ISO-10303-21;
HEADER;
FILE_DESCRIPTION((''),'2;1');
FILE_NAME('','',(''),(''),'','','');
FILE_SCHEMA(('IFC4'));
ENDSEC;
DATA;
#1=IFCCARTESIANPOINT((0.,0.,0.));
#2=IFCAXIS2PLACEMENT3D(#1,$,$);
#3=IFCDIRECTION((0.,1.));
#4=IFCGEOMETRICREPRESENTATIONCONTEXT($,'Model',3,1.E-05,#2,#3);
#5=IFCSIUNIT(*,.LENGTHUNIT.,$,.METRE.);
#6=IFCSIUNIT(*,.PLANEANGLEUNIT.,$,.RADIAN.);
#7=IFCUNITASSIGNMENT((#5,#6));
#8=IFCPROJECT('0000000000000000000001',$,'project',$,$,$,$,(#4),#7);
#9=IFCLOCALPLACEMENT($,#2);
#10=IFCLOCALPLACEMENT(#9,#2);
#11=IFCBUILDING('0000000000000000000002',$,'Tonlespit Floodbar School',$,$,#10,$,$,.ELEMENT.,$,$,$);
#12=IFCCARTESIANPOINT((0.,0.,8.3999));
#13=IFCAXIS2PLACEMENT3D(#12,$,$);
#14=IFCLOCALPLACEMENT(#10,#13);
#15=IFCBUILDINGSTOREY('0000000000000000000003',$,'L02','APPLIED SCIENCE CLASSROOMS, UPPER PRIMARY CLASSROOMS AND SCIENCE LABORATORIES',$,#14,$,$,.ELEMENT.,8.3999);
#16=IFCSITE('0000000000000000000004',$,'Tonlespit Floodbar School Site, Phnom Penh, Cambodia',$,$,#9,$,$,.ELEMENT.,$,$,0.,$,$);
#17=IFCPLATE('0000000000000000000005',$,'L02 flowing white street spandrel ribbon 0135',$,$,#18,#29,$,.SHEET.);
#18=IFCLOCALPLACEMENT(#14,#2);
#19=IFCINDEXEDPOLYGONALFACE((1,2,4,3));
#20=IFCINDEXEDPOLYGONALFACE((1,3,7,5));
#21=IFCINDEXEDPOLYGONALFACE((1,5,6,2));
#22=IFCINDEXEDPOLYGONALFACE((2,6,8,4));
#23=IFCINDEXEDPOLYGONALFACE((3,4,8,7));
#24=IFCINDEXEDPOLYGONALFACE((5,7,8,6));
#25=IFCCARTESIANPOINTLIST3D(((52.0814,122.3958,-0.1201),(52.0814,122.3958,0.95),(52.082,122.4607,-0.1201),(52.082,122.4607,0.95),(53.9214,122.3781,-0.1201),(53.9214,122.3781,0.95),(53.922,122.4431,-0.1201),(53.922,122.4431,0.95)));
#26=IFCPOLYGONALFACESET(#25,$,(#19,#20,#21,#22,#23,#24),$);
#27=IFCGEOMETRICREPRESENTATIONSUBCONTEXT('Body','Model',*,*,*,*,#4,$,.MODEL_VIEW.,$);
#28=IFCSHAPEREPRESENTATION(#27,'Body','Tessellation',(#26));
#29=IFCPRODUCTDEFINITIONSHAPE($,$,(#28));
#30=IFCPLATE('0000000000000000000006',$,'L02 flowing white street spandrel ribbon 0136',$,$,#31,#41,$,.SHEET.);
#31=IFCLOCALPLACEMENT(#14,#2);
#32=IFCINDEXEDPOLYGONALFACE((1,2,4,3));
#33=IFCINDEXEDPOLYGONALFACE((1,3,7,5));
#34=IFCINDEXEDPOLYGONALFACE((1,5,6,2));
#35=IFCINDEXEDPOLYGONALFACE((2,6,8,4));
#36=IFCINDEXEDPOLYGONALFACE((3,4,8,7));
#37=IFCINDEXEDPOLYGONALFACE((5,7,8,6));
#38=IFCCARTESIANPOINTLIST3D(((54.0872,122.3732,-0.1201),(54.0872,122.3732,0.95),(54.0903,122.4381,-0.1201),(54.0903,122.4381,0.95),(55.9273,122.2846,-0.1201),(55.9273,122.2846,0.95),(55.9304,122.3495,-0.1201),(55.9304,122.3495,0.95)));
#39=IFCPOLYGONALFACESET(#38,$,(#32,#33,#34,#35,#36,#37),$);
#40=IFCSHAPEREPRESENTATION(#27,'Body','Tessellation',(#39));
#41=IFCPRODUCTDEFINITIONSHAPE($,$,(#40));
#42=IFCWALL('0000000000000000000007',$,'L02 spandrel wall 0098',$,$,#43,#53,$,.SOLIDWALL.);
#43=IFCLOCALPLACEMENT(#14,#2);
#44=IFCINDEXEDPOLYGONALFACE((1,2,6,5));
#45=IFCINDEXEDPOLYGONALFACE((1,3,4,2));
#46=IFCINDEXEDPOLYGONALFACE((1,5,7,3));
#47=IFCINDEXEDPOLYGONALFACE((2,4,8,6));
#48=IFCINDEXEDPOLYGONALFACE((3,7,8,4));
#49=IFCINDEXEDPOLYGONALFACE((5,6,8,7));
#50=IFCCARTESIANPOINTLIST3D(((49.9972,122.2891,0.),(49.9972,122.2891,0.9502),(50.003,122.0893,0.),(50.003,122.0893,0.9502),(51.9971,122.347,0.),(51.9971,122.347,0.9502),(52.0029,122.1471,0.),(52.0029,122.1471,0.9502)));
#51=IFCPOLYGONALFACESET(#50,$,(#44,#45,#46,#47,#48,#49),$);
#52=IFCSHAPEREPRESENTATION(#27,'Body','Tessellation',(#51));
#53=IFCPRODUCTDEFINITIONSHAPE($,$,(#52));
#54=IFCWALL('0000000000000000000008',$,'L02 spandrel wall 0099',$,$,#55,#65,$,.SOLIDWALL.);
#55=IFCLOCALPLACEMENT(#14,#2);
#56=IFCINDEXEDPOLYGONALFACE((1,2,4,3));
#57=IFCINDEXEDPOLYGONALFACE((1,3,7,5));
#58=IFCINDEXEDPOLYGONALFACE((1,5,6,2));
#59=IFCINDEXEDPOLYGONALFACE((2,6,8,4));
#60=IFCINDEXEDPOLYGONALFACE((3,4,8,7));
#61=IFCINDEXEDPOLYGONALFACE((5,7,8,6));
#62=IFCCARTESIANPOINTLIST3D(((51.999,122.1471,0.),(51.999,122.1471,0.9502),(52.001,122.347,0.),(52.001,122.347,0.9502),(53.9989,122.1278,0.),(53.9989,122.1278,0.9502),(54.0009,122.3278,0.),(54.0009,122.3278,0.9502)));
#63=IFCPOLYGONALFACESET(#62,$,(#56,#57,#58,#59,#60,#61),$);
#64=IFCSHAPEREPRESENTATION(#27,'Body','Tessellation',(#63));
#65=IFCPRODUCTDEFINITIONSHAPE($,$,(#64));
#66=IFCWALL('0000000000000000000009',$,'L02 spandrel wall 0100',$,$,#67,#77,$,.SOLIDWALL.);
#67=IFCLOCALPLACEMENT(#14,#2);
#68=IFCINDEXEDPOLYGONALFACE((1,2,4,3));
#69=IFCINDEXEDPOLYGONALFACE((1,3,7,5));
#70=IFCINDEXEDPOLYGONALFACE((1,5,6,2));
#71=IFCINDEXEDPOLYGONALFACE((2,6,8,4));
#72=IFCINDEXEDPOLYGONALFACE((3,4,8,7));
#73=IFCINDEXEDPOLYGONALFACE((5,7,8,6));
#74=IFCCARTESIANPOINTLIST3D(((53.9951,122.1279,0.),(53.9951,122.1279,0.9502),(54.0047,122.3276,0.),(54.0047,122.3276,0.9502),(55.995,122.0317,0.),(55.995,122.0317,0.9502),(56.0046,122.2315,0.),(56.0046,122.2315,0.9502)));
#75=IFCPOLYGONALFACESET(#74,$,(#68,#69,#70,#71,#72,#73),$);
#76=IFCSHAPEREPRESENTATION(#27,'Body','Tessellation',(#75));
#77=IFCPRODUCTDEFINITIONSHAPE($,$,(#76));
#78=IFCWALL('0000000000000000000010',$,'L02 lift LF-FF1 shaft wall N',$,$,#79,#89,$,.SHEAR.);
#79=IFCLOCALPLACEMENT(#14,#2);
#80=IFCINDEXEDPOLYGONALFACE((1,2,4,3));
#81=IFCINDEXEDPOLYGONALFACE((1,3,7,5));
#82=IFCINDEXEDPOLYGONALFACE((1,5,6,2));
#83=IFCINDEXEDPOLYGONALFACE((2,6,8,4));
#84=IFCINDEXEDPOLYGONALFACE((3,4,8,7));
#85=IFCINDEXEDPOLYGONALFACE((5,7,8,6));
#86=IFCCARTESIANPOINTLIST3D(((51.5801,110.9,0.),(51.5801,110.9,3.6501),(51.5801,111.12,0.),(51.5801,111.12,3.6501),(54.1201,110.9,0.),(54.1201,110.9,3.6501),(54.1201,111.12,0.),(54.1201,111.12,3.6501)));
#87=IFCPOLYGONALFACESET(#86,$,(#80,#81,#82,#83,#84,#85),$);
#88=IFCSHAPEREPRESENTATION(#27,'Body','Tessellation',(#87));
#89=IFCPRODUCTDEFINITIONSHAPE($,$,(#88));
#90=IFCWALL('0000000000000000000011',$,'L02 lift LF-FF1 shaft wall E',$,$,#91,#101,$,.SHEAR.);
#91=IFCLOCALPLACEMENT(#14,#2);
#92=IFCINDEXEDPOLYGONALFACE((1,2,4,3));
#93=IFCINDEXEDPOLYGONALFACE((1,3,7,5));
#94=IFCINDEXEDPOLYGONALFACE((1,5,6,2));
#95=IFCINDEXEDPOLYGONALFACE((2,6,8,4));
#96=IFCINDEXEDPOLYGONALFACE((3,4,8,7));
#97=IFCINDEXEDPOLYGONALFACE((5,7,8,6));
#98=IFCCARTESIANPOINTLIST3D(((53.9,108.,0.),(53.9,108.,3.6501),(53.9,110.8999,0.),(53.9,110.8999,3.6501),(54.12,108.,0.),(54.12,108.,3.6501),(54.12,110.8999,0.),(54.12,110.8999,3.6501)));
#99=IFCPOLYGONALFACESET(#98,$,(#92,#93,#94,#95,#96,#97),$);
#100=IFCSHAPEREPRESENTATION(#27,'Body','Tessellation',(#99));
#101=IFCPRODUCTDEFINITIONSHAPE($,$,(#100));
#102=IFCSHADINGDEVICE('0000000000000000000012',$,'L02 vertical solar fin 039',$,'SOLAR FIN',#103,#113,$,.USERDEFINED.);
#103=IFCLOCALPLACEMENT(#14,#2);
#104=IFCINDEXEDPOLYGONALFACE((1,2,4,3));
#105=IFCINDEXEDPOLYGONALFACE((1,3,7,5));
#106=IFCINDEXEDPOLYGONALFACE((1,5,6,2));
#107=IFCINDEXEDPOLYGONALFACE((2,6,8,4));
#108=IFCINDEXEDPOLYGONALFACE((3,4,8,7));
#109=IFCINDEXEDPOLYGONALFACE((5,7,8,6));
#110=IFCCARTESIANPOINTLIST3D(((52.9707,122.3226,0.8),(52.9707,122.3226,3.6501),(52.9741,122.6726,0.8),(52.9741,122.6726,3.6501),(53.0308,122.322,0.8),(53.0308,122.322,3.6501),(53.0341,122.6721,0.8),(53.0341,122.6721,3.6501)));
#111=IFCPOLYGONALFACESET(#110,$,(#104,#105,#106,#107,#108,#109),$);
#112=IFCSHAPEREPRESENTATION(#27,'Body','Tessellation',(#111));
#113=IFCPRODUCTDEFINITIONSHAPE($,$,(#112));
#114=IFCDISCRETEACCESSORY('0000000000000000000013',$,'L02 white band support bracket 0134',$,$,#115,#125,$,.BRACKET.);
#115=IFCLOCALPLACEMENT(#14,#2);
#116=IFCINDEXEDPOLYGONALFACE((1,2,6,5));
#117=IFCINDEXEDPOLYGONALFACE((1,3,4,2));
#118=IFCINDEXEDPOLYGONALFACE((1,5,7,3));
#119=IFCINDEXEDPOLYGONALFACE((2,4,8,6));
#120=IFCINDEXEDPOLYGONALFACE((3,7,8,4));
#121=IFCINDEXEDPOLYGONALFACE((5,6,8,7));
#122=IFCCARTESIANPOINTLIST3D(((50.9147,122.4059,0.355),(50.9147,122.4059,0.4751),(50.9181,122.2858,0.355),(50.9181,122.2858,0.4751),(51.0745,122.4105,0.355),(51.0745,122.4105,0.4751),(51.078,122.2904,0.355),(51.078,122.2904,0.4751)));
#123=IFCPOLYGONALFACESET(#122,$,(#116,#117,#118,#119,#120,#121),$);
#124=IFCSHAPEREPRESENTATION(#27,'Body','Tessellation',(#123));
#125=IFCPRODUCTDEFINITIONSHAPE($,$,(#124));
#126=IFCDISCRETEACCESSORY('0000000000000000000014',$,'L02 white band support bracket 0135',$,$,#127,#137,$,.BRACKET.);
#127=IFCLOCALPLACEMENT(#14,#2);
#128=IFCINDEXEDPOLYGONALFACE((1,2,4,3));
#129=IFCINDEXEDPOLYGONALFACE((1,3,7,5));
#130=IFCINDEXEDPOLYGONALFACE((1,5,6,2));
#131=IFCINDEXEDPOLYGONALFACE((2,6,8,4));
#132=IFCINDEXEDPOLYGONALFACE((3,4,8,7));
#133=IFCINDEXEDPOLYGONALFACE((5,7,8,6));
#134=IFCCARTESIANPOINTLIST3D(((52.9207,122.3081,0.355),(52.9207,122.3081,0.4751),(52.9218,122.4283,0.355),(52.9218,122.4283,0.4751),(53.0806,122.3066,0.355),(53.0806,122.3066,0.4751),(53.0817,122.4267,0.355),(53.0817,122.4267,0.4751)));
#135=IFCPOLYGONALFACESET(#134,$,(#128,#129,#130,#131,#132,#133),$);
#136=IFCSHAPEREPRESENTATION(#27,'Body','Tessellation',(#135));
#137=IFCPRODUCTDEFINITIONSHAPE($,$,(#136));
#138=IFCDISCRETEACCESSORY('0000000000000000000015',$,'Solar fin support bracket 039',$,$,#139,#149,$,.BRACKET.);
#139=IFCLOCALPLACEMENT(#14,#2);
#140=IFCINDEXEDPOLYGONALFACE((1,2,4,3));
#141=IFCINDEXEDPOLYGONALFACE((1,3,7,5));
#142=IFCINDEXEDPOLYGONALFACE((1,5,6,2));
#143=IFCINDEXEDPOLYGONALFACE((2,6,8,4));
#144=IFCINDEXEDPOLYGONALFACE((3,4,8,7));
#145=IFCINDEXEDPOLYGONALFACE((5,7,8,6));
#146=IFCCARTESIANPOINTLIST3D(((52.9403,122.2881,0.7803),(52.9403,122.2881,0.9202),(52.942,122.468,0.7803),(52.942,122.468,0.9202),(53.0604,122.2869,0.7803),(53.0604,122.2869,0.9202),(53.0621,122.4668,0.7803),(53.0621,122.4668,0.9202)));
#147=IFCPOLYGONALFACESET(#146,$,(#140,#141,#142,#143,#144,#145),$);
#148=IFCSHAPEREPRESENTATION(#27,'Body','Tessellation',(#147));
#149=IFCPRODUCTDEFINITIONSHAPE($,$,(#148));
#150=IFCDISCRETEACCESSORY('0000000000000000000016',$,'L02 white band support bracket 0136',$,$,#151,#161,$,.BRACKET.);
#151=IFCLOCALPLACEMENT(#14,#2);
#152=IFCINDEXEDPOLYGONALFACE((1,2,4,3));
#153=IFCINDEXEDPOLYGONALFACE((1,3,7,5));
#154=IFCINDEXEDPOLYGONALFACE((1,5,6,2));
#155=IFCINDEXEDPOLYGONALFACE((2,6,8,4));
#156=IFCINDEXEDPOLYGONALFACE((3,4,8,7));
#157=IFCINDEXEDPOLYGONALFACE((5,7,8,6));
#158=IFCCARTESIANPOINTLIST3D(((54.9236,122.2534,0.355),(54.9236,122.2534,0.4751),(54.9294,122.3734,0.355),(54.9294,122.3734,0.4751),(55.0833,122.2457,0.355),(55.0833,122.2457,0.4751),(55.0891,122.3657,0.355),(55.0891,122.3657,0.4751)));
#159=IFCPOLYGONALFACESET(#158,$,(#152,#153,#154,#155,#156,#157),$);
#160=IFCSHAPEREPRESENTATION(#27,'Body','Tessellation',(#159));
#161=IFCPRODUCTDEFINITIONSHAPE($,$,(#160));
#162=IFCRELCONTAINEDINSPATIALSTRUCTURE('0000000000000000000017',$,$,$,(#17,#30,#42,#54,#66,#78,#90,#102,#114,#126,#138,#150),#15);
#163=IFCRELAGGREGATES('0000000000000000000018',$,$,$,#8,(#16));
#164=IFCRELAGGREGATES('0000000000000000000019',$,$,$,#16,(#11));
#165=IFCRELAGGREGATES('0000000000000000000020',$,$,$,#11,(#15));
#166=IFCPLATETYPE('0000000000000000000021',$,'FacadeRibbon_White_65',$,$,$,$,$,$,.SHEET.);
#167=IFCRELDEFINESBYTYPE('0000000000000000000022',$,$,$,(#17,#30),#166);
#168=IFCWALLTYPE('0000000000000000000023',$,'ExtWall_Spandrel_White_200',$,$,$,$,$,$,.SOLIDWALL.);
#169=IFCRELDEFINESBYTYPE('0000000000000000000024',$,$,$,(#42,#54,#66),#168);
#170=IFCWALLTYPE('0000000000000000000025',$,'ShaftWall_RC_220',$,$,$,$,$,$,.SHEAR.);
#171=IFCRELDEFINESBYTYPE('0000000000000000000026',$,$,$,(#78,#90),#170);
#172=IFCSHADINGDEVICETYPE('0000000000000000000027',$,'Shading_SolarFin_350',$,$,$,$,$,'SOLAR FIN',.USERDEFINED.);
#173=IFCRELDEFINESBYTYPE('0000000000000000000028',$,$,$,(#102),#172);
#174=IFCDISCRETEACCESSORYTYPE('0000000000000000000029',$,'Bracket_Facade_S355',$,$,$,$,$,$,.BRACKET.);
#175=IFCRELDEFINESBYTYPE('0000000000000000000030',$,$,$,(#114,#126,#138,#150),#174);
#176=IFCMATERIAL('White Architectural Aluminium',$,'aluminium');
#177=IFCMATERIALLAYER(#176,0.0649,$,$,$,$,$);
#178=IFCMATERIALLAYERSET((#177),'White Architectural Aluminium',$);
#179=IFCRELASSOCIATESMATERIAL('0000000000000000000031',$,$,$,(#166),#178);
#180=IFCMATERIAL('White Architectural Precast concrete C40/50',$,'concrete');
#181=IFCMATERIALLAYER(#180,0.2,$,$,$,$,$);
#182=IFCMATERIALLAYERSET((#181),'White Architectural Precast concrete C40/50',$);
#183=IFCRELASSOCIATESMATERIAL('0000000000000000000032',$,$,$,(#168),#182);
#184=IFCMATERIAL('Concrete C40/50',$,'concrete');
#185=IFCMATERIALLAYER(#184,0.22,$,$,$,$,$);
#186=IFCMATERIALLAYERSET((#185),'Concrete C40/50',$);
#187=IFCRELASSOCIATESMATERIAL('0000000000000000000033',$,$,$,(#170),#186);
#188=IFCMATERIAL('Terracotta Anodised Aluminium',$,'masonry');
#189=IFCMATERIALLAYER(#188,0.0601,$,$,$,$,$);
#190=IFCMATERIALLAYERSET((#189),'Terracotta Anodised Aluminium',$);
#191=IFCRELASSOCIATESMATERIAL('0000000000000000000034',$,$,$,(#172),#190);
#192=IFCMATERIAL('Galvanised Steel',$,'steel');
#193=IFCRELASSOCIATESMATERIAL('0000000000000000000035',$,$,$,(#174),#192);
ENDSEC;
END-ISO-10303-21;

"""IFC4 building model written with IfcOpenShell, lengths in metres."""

from ifc_helpers import new_model, si_unit, direction, frame, frame_2d, origin, origin_2d, place, context, subcontext, project, spatial, rectangle, extrude, material, layer, layer_set, type_object, element, save


model = new_model("IFC4")

# Units and contexts
model_context = context("Model", 3, precision=1e-05, world=origin(), true_north=direction((0.0, 1.0)))
body_context = subcontext(model_context, "Body", "Model", "MODEL_VIEW")
ifc_project = project(units=[si_unit("LENGTHUNIT", "METRE"), si_unit("PLANEANGLEUNIT", "RADIAN")], contexts=[model_context])

# Site, building, storey
site_placement = place(None, origin())
site = spatial("IfcSite", under=ifc_project, at=site_placement, Name="Tonlespit Floodbar School Site, Phnom Penh, Cambodia", CompositionType="ELEMENT", RefElevation=0.0)
building_placement = place(site_placement, origin())
building = spatial("IfcBuilding", under=site, at=building_placement, Name="Tonlespit Floodbar School", CompositionType="ELEMENT")
storey_placement = place(building_placement, frame((0.0, 0.0, 8.3999)))
storey = spatial("IfcBuildingStorey", under=building, at=storey_placement, Name="L02", Description="APPLIED SCIENCE CLASSROOMS, UPPER PRIMARY CLASSROOMS AND SCIENCE LABORATORIES", CompositionType="ELEMENT", Elevation=8.3999)

# Plates
ifc_material_1 = material(Name="White Architectural Aluminium", Category="aluminium")
ifc_layer_1 = layer(ifc_material_1, 0.0649)
ifc_layer_set_1 = layer_set([ifc_layer_1], Name="White Architectural Aluminium")
plate_type_1 = type_object("IfcPlateType", Name="FacadeRibbon_White_65", PredefinedType="SHEET", material=ifc_layer_set_1)
plate_1_placement = place(storey_placement, frame((53.0017, 122.4194, -0.1201), z_axis=(0.0, 0.0, 1.0), x_axis=(0.999954, -0.009599, 0.0)))
element("IfcPlate", 1, at=plate_1_placement, inside=storey, type_object=plate_type_1, Name="L02 flowing white street spandrel ribbon 0135", PredefinedType="SHEET", context=body_context, shape_type="SweptSolid", body=[
    extrude(rectangle(XDim=1.8401, YDim=0.0649, at=origin_2d()), origin(), (0.0, 0.0, 1.0), 1.0701),
])
plate_2_placement = place(storey_placement, frame((55.0088, 122.3613, -0.1201), z_axis=(0.0, 0.0, 1.0), x_axis=(0.998843, -0.048095, 0.0)))
element("IfcPlate", 2, at=plate_2_placement, inside=storey, type_object=plate_type_1, Name="L02 flowing white street spandrel ribbon 0136", PredefinedType="SHEET", context=body_context, shape_type="SweptSolid", body=[
    extrude(rectangle(XDim=1.8423, YDim=0.0649, at=origin_2d()), origin(), (0.0, 0.0, 1.0), 1.0701),
])

# Walls
ifc_material_2 = material(Name="White Architectural Precast concrete C40/50", Category="concrete")
ifc_layer_2 = layer(ifc_material_2, 0.2)
ifc_layer_set_2 = layer_set([ifc_layer_2], Name="White Architectural Precast concrete C40/50")
wall_type_1 = type_object("IfcWallType", Name="ExtWall_Spandrel_White_200", PredefinedType="SOLIDWALL", material=ifc_layer_set_2)
wall_1_placement = place(storey_placement, frame((50.0, 122.1892, 0.0), z_axis=(0.0, 0.0, 1.0), x_axis=(0.999582, 0.028919, 0.0)))
element("IfcWall", 3, at=wall_1_placement, inside=storey, type_object=wall_type_1, Name="L02 spandrel wall 0098", PredefinedType="SOLIDWALL", context=body_context, shape_type="SweptSolid", body=[
    extrude(rectangle(XDim=2.0007, YDim=0.2, at=frame_2d((1.0005, 0.0))), origin(), (0.0, 0.0, 1.0), 0.9502),
])
wall_2_placement = place(storey_placement, frame((52.0, 122.2471, 0.0), z_axis=(0.0, 0.0, 1.0), x_axis=(0.999954, -0.009643, 0.0)))
element("IfcWall", 4, at=wall_2_placement, inside=storey, type_object=wall_type_1, Name="L02 spandrel wall 0099", PredefinedType="SOLIDWALL", context=body_context, shape_type="SweptSolid", body=[
    extrude(rectangle(XDim=2.0, YDim=0.2, at=frame_2d((1.0, 0.0))), origin(), (0.0, 0.0, 1.0), 0.9502),
])
wall_3_placement = place(storey_placement, frame((54.0, 122.2278, 0.0), z_axis=(0.0, 0.0, 1.0), x_axis=(0.998845, -0.04804, 0.0)))
element("IfcWall", 5, at=wall_3_placement, inside=storey, type_object=wall_type_1, Name="L02 spandrel wall 0100", PredefinedType="SOLIDWALL", context=body_context, shape_type="SweptSolid", body=[
    extrude(rectangle(XDim=2.0022, YDim=0.2, at=frame_2d((1.001, 0.0))), origin(), (0.0, 0.0, 1.0), 0.9502),
])
ifc_material_3 = material(Name="Concrete C40/50", Category="concrete")
ifc_layer_3 = layer(ifc_material_3, 0.22)
ifc_layer_set_3 = layer_set([ifc_layer_3], Name="Concrete C40/50")
wall_type_2 = type_object("IfcWallType", Name="ShaftWall_RC_220", PredefinedType="SHEAR", material=ifc_layer_set_3)
wall_4_placement = place(storey_placement, frame((51.5801, 111.01, 0.0), z_axis=(0.0, 0.0, 1.0), x_axis=(1.0, 0.0, 0.0)))
element("IfcWall", 6, at=wall_4_placement, inside=storey, type_object=wall_type_2, Name="L02 lift LF-FF1 shaft wall N", PredefinedType="SHEAR", context=body_context, shape_type="SweptSolid", body=[
    extrude(rectangle(XDim=2.54, YDim=0.22, at=frame_2d((1.27, 0.0))), origin(), (0.0, 0.0, 1.0), 3.6501),
])
wall_5_placement = place(storey_placement, frame((54.01, 110.8999, 0.0), z_axis=(0.0, 0.0, 1.0), x_axis=(0.0, -1.0, 0.0)))
element("IfcWall", 7, at=wall_5_placement, inside=storey, type_object=wall_type_2, Name="L02 lift LF-FF1 shaft wall E", PredefinedType="SHEAR", context=body_context, shape_type="SweptSolid", body=[
    extrude(rectangle(XDim=2.8999, YDim=0.22, at=frame_2d((1.45, 0.0))), origin(), (0.0, 0.0, 1.0), 3.6501),
])

# Shading device
ifc_material_4 = material(Name="Terracotta Anodised Aluminium", Category="masonry")
ifc_layer_4 = layer(ifc_material_4, 0.0601)
ifc_layer_set_4 = layer_set([ifc_layer_4], Name="Terracotta Anodised Aluminium")
shading_device_type = type_object("IfcShadingDeviceType", Name="Shading_SolarFin_350", ElementType="SOLAR FIN", PredefinedType="USERDEFINED", material=ifc_layer_set_4)
shading_device_placement = place(storey_placement, frame((53.0024, 122.4973, 0.8), z_axis=(0.0, 0.0, 1.0), x_axis=(0.999954, -0.009599, 0.0)))
element("IfcShadingDevice", 8, at=shading_device_placement, inside=storey, type_object=shading_device_type, Name="L02 vertical solar fin 039", ObjectType="SOLAR FIN", PredefinedType="USERDEFINED", context=body_context, shape_type="SweptSolid", body=[
    extrude(rectangle(XDim=0.0601, YDim=0.3501, at=origin_2d()), origin(), (0.0, 0.0, 1.0), 2.8501),
])

# Discrete accessories
ifc_material_5 = material(Name="Galvanised Steel", Category="steel")
discrete_accessory_type = type_object("IfcDiscreteAccessoryType", Name="Bracket_Facade_S355", PredefinedType="BRACKET", material=ifc_material_5)
for number, where, z_axis, x_axis, name in (
    (9, (50.9963, 122.3481, 0.355), (0.0, 0.0, 1.0), (0.999584, 0.028838, 0.0), "L02 white band support bracket 0134"),
    (10, (53.0012, 122.3674, 0.355), (0.0, 0.0, 1.0), (0.999954, -0.009599, 0.0), "L02 white band support bracket 0135"),
):
    element("IfcDiscreteAccessory", number, at=place(storey_placement, frame(where, z_axis=z_axis, x_axis=x_axis)), inside=storey, type_object=discrete_accessory_type, Name=name, PredefinedType="BRACKET", context=body_context, shape_type="SweptSolid", body=[
        extrude(rectangle(XDim=0.1599, YDim=0.1201, at=origin_2d()), origin(), (0.0, 0.0, 1.0), 0.1201),
    ])
discrete_accessory_1_placement = place(storey_placement, frame((53.0012, 122.3774, 0.7803), z_axis=(0.0, 0.0, 1.0), x_axis=(0.999954, -0.009599, 0.0)))
element("IfcDiscreteAccessory", 11, at=discrete_accessory_1_placement, inside=storey, type_object=discrete_accessory_type, Name="Solar fin support bracket 039", PredefinedType="BRACKET", context=body_context, shape_type="SweptSolid", body=[
    extrude(rectangle(XDim=0.1201, YDim=0.1799, at=origin_2d()), origin(), (0.0, 0.0, 1.0), 0.1399),
])
discrete_accessory_2_placement = place(storey_placement, frame((55.0063, 122.3096, 0.355), z_axis=(0.0, 0.0, 1.0), x_axis=(0.998843, -0.048095, 0.0)))
element("IfcDiscreteAccessory", 12, at=discrete_accessory_2_placement, inside=storey, type_object=discrete_accessory_type, Name="L02 white band support bracket 0136", PredefinedType="BRACKET", context=body_context, shape_type="SweptSolid", body=[
    extrude(rectangle(XDim=0.1599, YDim=0.1201, at=origin_2d()), origin(), (0.0, 0.0, 1.0), 0.1201),
])

save(model, "model.ifc")
